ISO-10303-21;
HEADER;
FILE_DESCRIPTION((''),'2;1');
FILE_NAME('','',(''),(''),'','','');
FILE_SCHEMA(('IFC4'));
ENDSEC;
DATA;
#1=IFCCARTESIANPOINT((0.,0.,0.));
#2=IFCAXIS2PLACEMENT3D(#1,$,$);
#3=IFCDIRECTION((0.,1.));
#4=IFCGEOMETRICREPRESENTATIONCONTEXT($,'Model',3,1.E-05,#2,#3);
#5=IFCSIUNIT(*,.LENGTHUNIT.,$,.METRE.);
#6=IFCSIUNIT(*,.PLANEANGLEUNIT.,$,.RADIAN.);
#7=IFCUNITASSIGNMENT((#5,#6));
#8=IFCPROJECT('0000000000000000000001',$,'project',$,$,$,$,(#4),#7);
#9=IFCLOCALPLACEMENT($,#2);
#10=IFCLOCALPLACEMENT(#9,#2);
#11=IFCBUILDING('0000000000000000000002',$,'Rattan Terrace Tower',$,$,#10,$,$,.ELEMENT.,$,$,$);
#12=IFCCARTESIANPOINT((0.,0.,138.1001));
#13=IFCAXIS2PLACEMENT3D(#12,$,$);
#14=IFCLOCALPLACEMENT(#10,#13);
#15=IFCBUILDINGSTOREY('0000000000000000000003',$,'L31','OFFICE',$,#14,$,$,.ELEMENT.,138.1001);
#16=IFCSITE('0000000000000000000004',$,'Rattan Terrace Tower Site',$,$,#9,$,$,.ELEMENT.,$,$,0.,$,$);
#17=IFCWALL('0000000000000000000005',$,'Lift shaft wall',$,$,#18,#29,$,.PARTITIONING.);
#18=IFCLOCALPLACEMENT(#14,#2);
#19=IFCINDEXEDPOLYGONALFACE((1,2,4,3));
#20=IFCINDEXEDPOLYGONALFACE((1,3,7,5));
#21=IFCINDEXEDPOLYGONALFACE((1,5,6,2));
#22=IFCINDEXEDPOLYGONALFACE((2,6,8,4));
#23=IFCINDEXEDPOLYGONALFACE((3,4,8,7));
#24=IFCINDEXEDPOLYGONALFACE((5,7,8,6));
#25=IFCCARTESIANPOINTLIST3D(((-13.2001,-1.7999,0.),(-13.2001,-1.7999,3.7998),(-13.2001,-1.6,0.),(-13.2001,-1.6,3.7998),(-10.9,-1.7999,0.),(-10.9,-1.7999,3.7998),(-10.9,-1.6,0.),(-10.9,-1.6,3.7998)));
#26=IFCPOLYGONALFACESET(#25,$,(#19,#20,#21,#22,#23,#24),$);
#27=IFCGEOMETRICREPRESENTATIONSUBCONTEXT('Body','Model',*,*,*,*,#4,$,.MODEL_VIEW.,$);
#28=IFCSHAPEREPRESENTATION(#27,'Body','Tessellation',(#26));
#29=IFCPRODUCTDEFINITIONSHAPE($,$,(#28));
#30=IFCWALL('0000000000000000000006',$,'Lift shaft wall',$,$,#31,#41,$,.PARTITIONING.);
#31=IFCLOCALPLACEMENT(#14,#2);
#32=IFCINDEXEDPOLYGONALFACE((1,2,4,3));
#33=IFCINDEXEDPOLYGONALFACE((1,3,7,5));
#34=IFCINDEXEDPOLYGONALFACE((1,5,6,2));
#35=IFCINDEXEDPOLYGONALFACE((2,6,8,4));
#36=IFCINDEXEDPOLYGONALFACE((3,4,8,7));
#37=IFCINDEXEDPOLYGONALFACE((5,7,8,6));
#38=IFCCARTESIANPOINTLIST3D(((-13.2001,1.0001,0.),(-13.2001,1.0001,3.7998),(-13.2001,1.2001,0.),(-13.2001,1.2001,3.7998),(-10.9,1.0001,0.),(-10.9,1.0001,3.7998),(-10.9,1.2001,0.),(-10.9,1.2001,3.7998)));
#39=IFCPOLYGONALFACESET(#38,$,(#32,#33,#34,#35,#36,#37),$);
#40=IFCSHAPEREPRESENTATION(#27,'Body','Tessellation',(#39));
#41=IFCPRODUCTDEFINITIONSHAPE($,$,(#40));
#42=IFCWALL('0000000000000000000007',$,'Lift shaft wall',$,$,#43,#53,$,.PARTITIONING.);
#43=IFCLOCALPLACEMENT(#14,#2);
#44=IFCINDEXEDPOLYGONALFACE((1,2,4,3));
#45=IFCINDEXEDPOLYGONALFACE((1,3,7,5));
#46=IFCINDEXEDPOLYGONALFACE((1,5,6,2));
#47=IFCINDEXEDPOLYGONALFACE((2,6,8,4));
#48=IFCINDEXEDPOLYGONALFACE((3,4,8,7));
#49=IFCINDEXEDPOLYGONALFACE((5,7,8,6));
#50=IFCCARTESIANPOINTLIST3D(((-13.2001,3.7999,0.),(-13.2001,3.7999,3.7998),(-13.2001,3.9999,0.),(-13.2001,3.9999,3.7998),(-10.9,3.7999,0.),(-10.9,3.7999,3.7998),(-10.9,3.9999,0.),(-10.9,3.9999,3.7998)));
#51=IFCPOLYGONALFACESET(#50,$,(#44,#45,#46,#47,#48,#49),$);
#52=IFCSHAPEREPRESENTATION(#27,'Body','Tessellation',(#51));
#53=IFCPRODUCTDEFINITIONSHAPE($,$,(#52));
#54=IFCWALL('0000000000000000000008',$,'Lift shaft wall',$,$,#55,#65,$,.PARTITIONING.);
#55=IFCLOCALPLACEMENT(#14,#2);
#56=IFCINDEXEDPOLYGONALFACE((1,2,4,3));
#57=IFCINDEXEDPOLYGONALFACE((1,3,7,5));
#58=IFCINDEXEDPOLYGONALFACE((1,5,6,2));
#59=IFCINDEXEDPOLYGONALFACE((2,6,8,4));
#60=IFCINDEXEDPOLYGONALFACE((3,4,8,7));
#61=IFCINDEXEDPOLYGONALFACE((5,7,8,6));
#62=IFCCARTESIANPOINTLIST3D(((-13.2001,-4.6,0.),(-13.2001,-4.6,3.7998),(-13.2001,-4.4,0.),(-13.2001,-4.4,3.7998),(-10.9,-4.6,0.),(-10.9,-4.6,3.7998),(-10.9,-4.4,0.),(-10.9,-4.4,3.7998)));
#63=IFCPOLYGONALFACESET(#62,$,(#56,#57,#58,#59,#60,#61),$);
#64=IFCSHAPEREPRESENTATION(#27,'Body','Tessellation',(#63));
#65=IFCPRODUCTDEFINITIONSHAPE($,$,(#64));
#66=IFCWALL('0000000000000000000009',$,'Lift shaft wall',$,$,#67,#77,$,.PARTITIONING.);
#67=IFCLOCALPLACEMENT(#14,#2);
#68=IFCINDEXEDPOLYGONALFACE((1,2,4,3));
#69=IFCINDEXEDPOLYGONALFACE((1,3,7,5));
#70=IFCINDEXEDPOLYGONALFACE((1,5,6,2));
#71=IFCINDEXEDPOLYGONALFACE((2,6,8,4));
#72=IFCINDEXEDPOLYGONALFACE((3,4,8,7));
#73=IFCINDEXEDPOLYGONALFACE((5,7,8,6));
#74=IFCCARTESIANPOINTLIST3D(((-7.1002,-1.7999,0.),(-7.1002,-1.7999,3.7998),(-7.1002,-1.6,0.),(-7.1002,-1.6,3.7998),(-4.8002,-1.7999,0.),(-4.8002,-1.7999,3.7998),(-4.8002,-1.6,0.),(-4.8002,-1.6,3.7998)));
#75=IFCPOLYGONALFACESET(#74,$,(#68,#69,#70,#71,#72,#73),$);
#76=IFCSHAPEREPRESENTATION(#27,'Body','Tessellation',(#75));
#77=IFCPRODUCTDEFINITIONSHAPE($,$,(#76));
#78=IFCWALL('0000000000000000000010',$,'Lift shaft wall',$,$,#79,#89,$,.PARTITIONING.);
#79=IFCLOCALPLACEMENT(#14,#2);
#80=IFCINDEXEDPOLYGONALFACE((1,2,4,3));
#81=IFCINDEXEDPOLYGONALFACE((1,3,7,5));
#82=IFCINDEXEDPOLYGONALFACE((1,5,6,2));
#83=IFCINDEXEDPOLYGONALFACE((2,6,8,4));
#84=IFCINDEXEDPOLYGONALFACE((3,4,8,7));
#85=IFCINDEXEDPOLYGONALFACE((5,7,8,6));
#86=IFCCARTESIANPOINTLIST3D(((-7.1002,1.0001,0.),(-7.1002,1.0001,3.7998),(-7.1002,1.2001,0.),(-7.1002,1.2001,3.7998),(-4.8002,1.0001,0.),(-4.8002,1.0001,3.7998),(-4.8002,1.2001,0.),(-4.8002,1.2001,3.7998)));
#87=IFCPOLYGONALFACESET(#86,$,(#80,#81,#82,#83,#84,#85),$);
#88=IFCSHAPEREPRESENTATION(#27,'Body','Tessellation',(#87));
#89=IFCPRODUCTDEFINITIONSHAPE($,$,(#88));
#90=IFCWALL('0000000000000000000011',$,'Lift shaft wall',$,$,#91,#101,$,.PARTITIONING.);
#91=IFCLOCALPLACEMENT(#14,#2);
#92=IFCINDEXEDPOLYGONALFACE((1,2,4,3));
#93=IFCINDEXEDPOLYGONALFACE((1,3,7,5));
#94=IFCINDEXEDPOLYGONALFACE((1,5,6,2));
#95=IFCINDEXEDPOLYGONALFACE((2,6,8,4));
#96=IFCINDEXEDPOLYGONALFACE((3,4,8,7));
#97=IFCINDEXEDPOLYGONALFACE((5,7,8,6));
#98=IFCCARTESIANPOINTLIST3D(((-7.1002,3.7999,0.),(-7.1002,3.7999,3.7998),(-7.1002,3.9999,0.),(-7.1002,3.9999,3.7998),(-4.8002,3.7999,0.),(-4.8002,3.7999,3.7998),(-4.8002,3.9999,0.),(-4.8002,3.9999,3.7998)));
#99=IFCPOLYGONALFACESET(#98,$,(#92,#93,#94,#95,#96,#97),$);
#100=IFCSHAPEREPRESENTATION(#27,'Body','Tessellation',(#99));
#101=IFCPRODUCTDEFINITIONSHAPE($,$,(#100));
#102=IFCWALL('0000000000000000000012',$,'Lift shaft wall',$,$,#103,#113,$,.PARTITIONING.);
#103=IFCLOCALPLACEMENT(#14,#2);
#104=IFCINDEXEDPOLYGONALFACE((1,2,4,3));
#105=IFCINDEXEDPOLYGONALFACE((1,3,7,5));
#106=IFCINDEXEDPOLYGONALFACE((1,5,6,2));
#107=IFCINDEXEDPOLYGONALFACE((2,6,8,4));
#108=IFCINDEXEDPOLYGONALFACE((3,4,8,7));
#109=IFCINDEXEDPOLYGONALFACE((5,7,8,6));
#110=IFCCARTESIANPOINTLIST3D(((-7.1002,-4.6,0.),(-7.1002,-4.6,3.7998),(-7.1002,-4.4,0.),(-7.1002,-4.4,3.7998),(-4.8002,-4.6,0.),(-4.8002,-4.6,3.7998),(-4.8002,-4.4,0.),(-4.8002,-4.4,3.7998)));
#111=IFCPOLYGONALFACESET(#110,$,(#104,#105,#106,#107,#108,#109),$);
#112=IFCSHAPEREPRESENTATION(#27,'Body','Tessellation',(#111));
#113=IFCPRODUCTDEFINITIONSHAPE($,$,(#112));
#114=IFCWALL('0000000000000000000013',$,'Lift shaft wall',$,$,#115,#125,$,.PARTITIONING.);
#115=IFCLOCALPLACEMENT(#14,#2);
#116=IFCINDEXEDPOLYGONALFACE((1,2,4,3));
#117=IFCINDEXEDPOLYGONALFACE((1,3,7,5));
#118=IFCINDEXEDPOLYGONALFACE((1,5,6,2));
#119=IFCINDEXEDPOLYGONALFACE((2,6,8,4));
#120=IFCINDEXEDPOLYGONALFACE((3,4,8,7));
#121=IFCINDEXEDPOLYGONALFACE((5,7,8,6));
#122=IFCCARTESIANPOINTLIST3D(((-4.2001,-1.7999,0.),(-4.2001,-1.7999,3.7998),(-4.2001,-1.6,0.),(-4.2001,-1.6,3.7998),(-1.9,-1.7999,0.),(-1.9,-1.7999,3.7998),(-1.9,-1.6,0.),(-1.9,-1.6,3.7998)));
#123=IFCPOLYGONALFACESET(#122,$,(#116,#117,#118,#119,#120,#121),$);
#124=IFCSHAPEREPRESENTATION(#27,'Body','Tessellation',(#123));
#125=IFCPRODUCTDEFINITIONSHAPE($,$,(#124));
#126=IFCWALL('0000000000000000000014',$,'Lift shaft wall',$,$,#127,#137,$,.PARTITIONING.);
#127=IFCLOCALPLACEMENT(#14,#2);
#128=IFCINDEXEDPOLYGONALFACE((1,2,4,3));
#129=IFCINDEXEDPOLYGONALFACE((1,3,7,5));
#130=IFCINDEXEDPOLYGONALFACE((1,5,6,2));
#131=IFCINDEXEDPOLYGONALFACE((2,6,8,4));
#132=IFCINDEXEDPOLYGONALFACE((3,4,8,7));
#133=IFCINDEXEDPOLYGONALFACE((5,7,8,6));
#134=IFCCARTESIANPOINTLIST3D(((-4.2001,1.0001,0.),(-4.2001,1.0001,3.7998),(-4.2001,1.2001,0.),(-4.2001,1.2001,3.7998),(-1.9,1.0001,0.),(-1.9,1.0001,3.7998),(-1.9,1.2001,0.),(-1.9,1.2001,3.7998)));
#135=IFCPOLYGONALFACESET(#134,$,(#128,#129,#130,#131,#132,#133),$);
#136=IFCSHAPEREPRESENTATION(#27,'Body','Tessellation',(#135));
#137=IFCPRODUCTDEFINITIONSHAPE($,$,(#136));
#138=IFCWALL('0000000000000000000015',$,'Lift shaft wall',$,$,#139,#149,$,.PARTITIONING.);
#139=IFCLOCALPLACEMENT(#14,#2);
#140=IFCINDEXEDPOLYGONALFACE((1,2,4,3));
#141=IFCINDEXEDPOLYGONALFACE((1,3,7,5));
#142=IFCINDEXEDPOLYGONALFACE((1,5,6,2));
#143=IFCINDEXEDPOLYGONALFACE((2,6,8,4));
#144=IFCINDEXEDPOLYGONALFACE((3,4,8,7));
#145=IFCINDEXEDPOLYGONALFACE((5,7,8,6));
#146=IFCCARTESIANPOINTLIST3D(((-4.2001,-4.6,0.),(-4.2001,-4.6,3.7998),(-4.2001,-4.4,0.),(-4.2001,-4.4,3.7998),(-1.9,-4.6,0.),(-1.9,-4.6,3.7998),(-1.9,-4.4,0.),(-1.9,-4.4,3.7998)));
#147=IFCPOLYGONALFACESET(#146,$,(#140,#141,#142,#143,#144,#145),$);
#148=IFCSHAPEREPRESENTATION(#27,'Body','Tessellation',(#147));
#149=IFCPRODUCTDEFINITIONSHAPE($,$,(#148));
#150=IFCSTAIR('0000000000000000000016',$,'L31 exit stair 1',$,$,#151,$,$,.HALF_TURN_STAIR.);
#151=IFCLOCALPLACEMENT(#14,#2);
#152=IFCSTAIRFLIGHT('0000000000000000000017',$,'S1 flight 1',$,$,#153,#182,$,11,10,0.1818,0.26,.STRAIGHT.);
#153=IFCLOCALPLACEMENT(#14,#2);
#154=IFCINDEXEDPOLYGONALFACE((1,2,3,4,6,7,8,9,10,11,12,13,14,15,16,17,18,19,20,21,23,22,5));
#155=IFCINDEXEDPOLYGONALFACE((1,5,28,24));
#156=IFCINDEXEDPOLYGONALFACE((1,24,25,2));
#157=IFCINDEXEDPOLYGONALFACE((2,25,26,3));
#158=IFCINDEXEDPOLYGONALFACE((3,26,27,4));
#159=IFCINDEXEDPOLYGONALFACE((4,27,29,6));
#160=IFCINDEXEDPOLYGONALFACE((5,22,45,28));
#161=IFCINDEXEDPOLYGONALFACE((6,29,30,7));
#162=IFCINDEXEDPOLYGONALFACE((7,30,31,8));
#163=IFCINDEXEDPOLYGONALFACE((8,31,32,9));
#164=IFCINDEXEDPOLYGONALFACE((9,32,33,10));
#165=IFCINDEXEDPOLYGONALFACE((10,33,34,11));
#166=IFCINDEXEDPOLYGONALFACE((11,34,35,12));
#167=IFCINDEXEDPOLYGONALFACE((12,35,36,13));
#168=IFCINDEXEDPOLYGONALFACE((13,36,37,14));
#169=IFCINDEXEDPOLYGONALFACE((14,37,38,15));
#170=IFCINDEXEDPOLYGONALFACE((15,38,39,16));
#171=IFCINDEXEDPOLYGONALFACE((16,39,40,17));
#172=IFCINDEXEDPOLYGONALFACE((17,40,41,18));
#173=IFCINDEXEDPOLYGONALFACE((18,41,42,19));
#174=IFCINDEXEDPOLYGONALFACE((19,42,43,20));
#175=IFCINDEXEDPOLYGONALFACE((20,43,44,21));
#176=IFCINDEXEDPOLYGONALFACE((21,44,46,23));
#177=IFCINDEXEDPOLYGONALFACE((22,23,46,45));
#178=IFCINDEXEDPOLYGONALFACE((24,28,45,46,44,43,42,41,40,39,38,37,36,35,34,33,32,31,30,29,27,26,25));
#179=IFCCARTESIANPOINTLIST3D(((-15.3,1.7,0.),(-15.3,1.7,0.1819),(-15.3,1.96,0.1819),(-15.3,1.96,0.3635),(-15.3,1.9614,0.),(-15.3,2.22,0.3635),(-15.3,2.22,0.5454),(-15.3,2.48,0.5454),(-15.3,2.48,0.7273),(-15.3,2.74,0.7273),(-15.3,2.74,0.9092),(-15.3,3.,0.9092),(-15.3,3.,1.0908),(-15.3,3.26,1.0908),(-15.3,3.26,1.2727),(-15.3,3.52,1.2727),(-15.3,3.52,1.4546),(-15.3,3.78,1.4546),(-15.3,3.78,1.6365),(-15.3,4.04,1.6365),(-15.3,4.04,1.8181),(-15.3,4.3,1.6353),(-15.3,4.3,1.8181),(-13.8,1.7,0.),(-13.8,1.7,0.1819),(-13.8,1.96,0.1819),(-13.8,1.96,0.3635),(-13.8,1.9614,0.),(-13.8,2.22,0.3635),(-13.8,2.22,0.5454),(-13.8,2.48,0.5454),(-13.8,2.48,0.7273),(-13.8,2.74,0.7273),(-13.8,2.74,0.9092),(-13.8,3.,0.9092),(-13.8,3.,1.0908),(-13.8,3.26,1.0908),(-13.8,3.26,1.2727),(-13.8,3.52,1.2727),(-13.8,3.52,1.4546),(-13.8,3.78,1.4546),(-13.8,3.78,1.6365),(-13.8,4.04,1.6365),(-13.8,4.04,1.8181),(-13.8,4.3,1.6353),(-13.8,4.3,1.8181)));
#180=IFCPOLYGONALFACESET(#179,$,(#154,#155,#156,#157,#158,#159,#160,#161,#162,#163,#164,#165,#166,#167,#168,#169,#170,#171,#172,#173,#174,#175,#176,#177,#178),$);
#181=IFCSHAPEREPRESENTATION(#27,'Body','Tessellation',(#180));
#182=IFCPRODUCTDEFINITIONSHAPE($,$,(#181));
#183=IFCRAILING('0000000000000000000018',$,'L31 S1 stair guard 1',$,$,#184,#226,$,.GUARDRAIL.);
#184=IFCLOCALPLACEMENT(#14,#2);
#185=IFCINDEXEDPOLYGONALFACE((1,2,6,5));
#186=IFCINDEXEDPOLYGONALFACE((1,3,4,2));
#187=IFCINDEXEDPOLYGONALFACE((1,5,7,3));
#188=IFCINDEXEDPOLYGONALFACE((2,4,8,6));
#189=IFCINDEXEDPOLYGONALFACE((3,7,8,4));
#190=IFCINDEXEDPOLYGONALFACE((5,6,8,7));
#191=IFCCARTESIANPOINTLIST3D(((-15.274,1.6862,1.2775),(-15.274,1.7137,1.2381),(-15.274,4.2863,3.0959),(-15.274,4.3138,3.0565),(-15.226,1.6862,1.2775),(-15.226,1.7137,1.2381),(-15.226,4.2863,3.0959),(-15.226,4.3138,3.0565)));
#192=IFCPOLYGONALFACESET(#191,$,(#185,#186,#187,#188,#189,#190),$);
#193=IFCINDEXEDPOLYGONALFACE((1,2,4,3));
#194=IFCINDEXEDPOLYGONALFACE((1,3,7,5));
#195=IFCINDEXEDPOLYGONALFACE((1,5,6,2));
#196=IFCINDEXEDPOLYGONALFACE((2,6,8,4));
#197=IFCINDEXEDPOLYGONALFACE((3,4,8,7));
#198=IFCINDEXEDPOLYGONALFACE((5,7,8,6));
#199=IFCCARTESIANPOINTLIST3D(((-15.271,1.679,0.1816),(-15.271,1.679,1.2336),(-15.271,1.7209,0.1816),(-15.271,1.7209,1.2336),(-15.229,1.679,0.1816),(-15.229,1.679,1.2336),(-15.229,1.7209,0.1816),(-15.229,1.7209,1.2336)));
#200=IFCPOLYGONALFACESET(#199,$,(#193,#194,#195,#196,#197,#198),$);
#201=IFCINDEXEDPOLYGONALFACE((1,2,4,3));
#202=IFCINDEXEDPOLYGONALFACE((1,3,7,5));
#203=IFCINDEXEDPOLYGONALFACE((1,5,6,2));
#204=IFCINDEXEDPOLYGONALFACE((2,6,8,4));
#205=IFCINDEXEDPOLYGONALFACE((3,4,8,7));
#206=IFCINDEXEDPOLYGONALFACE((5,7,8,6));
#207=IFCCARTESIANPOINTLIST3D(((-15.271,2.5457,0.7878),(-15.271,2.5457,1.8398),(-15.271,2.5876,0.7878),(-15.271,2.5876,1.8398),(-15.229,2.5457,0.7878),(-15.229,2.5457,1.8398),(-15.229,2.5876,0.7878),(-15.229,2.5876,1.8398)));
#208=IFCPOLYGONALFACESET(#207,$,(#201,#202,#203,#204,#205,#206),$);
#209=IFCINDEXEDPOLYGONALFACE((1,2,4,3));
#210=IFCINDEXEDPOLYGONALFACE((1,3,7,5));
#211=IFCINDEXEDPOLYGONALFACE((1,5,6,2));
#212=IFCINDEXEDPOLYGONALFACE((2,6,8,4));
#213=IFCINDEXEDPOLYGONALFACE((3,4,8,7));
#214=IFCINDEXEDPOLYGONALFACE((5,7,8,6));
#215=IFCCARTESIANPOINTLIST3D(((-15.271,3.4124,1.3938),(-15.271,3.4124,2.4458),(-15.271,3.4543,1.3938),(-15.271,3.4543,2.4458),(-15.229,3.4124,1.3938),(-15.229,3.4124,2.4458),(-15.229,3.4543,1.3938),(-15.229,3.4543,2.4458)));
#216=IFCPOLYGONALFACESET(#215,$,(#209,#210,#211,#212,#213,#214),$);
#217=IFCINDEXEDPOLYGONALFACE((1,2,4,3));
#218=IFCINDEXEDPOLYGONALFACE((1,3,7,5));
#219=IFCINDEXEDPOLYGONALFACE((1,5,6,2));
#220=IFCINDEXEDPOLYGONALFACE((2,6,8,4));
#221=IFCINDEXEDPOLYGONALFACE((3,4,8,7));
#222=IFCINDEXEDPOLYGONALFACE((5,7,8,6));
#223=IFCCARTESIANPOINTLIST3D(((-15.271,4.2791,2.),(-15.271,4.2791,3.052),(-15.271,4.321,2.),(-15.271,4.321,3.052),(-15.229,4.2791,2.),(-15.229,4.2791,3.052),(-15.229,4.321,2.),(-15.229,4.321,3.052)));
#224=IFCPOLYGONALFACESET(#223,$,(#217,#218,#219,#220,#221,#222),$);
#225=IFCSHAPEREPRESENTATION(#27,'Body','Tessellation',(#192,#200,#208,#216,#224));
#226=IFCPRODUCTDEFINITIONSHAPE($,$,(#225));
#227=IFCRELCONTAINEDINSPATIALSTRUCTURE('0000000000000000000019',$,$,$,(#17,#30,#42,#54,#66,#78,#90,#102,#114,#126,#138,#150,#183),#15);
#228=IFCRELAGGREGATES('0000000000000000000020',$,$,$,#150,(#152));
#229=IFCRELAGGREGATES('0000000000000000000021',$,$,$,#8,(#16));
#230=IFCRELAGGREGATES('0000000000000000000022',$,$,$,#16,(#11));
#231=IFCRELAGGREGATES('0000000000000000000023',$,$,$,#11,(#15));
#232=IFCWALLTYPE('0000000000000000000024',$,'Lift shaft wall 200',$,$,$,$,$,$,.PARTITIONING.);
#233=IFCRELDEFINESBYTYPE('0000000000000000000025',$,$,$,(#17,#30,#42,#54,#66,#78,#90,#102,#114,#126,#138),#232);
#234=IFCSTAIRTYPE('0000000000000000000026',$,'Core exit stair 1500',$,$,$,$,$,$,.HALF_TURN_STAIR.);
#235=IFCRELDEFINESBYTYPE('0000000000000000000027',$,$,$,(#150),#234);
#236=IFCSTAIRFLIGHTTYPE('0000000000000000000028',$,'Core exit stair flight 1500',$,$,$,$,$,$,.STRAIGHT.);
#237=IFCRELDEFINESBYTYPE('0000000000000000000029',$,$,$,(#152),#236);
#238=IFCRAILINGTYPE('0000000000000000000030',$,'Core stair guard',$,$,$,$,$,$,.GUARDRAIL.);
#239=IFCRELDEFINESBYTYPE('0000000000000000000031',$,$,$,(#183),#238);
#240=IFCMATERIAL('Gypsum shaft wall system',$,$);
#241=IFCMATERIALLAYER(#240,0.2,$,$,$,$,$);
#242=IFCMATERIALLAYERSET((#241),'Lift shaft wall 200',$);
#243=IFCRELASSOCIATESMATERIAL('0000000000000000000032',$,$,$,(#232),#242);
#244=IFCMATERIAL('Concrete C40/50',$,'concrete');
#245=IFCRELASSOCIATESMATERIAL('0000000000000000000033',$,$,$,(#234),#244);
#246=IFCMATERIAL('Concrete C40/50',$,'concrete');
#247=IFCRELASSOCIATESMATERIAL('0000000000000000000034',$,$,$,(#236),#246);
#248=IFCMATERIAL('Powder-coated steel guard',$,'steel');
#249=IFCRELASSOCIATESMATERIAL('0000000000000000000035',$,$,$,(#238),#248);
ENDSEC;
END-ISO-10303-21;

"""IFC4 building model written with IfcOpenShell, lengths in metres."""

from ifc_helpers import new_model, si_unit, direction, frame, frame_2d, origin, origin_2d, place, context, subcontext, project, spatial, polyline, rectangle, outline, extrude, material, layer, layer_set, type_object, element, aggregate, save


model = new_model("IFC4")

# Units and contexts
model_context = context("Model", 3, precision=1e-05, world=origin(), true_north=direction((0.0, 1.0)))
body_context = subcontext(model_context, "Body", "Model", "MODEL_VIEW")
ifc_project = project(units=[si_unit("LENGTHUNIT", "METRE"), si_unit("PLANEANGLEUNIT", "RADIAN")], contexts=[model_context])

# Site, building, storey
site_placement = place(None, origin())
site = spatial("IfcSite", under=ifc_project, at=site_placement, Name="Rattan Terrace Tower Site", CompositionType="ELEMENT", RefElevation=0.0)
building_placement = place(site_placement, origin())
building = spatial("IfcBuilding", under=site, at=building_placement, Name="Rattan Terrace Tower", CompositionType="ELEMENT")
storey_placement = place(building_placement, frame((0.0, 0.0, 138.1001)))
storey = spatial("IfcBuildingStorey", under=building, at=storey_placement, Name="L31", Description="OFFICE", CompositionType="ELEMENT", Elevation=138.1001)

# Walls
ifc_material_1 = material(Name="Gypsum shaft wall system")
ifc_layer_1 = layer(ifc_material_1, 0.2)
ifc_layer_set_1 = layer_set([ifc_layer_1], Name="Lift shaft wall 200")
wall_type = type_object("IfcWallType", Name="Lift shaft wall 200", PredefinedType="PARTITIONING", material=ifc_layer_set_1)
for number, where, z_axis, x_axis, name in (
    (1, (-13.2, -1.7, 0.0), (0.0, 0.0, 1.0), (1.0, 0.0, 0.0), "Lift shaft wall"),
    (2, (-13.2, 1.1001, 0.0), (0.0, 0.0, 1.0), (1.0, 0.0, 0.0), "Lift shaft wall"),
    (3, (-13.2, 3.8999, 0.0), (0.0, 0.0, 1.0), (1.0, 0.0, 0.0), "Lift shaft wall"),
    (4, (-13.2, -4.5, 0.0), (0.0, 0.0, 1.0), (1.0, 0.0, 0.0), "Lift shaft wall"),
    (5, (-7.1001, -1.7, 0.0), (0.0, 0.0, 1.0), (1.0, 0.0, 0.0), "Lift shaft wall"),
    (6, (-7.1001, 1.1001, 0.0), (0.0, 0.0, 1.0), (1.0, 0.0, 0.0), "Lift shaft wall"),
    (7, (-7.1001, 3.8999, 0.0), (0.0, 0.0, 1.0), (1.0, 0.0, 0.0), "Lift shaft wall"),
    (8, (-7.1001, -4.5, 0.0), (0.0, 0.0, 1.0), (1.0, 0.0, 0.0), "Lift shaft wall"),
    (9, (-4.2, -1.7, 0.0), (0.0, 0.0, 1.0), (1.0, 0.0, 0.0), "Lift shaft wall"),
    (10, (-4.2, 1.1001, 0.0), (0.0, 0.0, 1.0), (1.0, 0.0, 0.0), "Lift shaft wall"),
    (11, (-4.2, -4.5, 0.0), (0.0, 0.0, 1.0), (1.0, 0.0, 0.0), "Lift shaft wall"),
):
    element("IfcWall", number, at=place(storey_placement, frame(where, z_axis=z_axis, x_axis=x_axis)), inside=storey, type_object=wall_type, Name=name, PredefinedType="PARTITIONING", context=body_context, shape_type="SweptSolid", body=[
        extrude(rectangle(XDim=2.3, YDim=0.2, at=frame_2d((1.1499, 0.0))), origin(), (0.0, 0.0, 1.0), 3.7998),
    ])

# Stair, stair flight
ifc_material_2 = material(Name="Concrete C40/50", Category="concrete")
stair_type = type_object("IfcStairType", Name="Core exit stair 1500", PredefinedType="HALF_TURN_STAIR", material=ifc_material_2)
stair_placement = place(storey_placement, origin())
stair = element("IfcStair", 12, at=stair_placement, inside=storey, type_object=stair_type, Name="L31 exit stair 1", PredefinedType="HALF_TURN_STAIR")
ifc_material_3 = material(Name="Concrete C40/50", Category="concrete")
stair_flight_type = type_object("IfcStairFlightType", Name="Core exit stair flight 1500", PredefinedType="STRAIGHT", material=ifc_material_3)
stair_flight_placement = place(storey_placement, frame((-14.55, 1.7, 0.0), z_axis=(0.0, 0.0, 1.0), x_axis=(0.0, 1.0, 0.0)))
stair_flight = element("IfcStairFlight", 13, at=stair_flight_placement, type_object=stair_flight_type, Name="S1 flight 1", NumberOfRisers=11, NumberOfTreads=10, PredefinedType="STRAIGHT", RiserHeight=0.1818, TreadLength=0.26, context=body_context, shape_type="SweptSolid", body=[
    extrude(outline(polyline([(0.0, 0.0), (0.0, 0.1819), (0.26, 0.1819), (0.26, 0.3635), (0.52, 0.3635), (0.52, 0.5454), (0.78, 0.5454), (0.78, 0.7273), (1.04, 0.7273), (1.04, 0.9092), (1.3, 0.9092), (1.3, 1.0908), (1.5601, 1.0908), (1.5601, 1.2727), (1.8201, 1.2727), (1.8201, 1.4546), (2.0801, 1.4546), (2.0801, 1.6365), (2.3401, 1.6365), (2.3401, 1.8181), (2.6001, 1.8181), (2.6001, 2.0), (2.6001, 1.6353), (0.2615, 0.0), (0.0, 0.0)])), frame((0.0, 0.75, 0.0), z_axis=(0.0, -1.0, 0.0), x_axis=(1.0, 0.0, 0.0)), (0.0, 0.0, 1.0), 1.5),
])
aggregate(stair, [stair_flight])

# Railing
ifc_material_4 = material(Name="Powder-coated steel guard", Category="steel")
railing_type_1 = type_object("IfcRailingType", Name="Core stair guard", PredefinedType="GUARDRAIL", material=ifc_material_4)
railing_1_placement = place(storey_placement, frame((-15.25, 1.7, 0.1816)))
element("IfcRailing", 14, at=railing_1_placement, inside=storey, type_object=railing_type_1, Name="L31 S1 stair guard 1", PredefinedType="GUARDRAIL", context=body_context, shape_type="SweptSolid", body=[
    extrude(rectangle(XDim=0.0481, YDim=0.0481, at=origin_2d()), frame((0.0, 0.0, 1.0762), z_axis=(0.0, 0.819485, 0.573101), x_axis=(-1.0, 0.0, 0.0)), (0.0, 0.0, 1.0), 3.1729),
    extrude(rectangle(XDim=0.042, YDim=0.042, at=origin_2d()), origin(), (0.0, 0.0, 1.0), 1.052),
    extrude(rectangle(XDim=0.042, YDim=0.042, at=origin_2d()), frame((0.0, 0.8667, 0.6062)), (0.0, 0.0, 1.0), 1.052),
    extrude(rectangle(XDim=0.042, YDim=0.042, at=origin_2d()), frame((0.0, 1.7334, 1.2122)), (0.0, 0.0, 1.0), 1.052),
    extrude(rectangle(XDim=0.042, YDim=0.042, at=origin_2d()), frame((0.0, 2.6001, 1.8184)), (0.0, 0.0, 1.0), 1.052),
])

save(model, "model.ifc")
